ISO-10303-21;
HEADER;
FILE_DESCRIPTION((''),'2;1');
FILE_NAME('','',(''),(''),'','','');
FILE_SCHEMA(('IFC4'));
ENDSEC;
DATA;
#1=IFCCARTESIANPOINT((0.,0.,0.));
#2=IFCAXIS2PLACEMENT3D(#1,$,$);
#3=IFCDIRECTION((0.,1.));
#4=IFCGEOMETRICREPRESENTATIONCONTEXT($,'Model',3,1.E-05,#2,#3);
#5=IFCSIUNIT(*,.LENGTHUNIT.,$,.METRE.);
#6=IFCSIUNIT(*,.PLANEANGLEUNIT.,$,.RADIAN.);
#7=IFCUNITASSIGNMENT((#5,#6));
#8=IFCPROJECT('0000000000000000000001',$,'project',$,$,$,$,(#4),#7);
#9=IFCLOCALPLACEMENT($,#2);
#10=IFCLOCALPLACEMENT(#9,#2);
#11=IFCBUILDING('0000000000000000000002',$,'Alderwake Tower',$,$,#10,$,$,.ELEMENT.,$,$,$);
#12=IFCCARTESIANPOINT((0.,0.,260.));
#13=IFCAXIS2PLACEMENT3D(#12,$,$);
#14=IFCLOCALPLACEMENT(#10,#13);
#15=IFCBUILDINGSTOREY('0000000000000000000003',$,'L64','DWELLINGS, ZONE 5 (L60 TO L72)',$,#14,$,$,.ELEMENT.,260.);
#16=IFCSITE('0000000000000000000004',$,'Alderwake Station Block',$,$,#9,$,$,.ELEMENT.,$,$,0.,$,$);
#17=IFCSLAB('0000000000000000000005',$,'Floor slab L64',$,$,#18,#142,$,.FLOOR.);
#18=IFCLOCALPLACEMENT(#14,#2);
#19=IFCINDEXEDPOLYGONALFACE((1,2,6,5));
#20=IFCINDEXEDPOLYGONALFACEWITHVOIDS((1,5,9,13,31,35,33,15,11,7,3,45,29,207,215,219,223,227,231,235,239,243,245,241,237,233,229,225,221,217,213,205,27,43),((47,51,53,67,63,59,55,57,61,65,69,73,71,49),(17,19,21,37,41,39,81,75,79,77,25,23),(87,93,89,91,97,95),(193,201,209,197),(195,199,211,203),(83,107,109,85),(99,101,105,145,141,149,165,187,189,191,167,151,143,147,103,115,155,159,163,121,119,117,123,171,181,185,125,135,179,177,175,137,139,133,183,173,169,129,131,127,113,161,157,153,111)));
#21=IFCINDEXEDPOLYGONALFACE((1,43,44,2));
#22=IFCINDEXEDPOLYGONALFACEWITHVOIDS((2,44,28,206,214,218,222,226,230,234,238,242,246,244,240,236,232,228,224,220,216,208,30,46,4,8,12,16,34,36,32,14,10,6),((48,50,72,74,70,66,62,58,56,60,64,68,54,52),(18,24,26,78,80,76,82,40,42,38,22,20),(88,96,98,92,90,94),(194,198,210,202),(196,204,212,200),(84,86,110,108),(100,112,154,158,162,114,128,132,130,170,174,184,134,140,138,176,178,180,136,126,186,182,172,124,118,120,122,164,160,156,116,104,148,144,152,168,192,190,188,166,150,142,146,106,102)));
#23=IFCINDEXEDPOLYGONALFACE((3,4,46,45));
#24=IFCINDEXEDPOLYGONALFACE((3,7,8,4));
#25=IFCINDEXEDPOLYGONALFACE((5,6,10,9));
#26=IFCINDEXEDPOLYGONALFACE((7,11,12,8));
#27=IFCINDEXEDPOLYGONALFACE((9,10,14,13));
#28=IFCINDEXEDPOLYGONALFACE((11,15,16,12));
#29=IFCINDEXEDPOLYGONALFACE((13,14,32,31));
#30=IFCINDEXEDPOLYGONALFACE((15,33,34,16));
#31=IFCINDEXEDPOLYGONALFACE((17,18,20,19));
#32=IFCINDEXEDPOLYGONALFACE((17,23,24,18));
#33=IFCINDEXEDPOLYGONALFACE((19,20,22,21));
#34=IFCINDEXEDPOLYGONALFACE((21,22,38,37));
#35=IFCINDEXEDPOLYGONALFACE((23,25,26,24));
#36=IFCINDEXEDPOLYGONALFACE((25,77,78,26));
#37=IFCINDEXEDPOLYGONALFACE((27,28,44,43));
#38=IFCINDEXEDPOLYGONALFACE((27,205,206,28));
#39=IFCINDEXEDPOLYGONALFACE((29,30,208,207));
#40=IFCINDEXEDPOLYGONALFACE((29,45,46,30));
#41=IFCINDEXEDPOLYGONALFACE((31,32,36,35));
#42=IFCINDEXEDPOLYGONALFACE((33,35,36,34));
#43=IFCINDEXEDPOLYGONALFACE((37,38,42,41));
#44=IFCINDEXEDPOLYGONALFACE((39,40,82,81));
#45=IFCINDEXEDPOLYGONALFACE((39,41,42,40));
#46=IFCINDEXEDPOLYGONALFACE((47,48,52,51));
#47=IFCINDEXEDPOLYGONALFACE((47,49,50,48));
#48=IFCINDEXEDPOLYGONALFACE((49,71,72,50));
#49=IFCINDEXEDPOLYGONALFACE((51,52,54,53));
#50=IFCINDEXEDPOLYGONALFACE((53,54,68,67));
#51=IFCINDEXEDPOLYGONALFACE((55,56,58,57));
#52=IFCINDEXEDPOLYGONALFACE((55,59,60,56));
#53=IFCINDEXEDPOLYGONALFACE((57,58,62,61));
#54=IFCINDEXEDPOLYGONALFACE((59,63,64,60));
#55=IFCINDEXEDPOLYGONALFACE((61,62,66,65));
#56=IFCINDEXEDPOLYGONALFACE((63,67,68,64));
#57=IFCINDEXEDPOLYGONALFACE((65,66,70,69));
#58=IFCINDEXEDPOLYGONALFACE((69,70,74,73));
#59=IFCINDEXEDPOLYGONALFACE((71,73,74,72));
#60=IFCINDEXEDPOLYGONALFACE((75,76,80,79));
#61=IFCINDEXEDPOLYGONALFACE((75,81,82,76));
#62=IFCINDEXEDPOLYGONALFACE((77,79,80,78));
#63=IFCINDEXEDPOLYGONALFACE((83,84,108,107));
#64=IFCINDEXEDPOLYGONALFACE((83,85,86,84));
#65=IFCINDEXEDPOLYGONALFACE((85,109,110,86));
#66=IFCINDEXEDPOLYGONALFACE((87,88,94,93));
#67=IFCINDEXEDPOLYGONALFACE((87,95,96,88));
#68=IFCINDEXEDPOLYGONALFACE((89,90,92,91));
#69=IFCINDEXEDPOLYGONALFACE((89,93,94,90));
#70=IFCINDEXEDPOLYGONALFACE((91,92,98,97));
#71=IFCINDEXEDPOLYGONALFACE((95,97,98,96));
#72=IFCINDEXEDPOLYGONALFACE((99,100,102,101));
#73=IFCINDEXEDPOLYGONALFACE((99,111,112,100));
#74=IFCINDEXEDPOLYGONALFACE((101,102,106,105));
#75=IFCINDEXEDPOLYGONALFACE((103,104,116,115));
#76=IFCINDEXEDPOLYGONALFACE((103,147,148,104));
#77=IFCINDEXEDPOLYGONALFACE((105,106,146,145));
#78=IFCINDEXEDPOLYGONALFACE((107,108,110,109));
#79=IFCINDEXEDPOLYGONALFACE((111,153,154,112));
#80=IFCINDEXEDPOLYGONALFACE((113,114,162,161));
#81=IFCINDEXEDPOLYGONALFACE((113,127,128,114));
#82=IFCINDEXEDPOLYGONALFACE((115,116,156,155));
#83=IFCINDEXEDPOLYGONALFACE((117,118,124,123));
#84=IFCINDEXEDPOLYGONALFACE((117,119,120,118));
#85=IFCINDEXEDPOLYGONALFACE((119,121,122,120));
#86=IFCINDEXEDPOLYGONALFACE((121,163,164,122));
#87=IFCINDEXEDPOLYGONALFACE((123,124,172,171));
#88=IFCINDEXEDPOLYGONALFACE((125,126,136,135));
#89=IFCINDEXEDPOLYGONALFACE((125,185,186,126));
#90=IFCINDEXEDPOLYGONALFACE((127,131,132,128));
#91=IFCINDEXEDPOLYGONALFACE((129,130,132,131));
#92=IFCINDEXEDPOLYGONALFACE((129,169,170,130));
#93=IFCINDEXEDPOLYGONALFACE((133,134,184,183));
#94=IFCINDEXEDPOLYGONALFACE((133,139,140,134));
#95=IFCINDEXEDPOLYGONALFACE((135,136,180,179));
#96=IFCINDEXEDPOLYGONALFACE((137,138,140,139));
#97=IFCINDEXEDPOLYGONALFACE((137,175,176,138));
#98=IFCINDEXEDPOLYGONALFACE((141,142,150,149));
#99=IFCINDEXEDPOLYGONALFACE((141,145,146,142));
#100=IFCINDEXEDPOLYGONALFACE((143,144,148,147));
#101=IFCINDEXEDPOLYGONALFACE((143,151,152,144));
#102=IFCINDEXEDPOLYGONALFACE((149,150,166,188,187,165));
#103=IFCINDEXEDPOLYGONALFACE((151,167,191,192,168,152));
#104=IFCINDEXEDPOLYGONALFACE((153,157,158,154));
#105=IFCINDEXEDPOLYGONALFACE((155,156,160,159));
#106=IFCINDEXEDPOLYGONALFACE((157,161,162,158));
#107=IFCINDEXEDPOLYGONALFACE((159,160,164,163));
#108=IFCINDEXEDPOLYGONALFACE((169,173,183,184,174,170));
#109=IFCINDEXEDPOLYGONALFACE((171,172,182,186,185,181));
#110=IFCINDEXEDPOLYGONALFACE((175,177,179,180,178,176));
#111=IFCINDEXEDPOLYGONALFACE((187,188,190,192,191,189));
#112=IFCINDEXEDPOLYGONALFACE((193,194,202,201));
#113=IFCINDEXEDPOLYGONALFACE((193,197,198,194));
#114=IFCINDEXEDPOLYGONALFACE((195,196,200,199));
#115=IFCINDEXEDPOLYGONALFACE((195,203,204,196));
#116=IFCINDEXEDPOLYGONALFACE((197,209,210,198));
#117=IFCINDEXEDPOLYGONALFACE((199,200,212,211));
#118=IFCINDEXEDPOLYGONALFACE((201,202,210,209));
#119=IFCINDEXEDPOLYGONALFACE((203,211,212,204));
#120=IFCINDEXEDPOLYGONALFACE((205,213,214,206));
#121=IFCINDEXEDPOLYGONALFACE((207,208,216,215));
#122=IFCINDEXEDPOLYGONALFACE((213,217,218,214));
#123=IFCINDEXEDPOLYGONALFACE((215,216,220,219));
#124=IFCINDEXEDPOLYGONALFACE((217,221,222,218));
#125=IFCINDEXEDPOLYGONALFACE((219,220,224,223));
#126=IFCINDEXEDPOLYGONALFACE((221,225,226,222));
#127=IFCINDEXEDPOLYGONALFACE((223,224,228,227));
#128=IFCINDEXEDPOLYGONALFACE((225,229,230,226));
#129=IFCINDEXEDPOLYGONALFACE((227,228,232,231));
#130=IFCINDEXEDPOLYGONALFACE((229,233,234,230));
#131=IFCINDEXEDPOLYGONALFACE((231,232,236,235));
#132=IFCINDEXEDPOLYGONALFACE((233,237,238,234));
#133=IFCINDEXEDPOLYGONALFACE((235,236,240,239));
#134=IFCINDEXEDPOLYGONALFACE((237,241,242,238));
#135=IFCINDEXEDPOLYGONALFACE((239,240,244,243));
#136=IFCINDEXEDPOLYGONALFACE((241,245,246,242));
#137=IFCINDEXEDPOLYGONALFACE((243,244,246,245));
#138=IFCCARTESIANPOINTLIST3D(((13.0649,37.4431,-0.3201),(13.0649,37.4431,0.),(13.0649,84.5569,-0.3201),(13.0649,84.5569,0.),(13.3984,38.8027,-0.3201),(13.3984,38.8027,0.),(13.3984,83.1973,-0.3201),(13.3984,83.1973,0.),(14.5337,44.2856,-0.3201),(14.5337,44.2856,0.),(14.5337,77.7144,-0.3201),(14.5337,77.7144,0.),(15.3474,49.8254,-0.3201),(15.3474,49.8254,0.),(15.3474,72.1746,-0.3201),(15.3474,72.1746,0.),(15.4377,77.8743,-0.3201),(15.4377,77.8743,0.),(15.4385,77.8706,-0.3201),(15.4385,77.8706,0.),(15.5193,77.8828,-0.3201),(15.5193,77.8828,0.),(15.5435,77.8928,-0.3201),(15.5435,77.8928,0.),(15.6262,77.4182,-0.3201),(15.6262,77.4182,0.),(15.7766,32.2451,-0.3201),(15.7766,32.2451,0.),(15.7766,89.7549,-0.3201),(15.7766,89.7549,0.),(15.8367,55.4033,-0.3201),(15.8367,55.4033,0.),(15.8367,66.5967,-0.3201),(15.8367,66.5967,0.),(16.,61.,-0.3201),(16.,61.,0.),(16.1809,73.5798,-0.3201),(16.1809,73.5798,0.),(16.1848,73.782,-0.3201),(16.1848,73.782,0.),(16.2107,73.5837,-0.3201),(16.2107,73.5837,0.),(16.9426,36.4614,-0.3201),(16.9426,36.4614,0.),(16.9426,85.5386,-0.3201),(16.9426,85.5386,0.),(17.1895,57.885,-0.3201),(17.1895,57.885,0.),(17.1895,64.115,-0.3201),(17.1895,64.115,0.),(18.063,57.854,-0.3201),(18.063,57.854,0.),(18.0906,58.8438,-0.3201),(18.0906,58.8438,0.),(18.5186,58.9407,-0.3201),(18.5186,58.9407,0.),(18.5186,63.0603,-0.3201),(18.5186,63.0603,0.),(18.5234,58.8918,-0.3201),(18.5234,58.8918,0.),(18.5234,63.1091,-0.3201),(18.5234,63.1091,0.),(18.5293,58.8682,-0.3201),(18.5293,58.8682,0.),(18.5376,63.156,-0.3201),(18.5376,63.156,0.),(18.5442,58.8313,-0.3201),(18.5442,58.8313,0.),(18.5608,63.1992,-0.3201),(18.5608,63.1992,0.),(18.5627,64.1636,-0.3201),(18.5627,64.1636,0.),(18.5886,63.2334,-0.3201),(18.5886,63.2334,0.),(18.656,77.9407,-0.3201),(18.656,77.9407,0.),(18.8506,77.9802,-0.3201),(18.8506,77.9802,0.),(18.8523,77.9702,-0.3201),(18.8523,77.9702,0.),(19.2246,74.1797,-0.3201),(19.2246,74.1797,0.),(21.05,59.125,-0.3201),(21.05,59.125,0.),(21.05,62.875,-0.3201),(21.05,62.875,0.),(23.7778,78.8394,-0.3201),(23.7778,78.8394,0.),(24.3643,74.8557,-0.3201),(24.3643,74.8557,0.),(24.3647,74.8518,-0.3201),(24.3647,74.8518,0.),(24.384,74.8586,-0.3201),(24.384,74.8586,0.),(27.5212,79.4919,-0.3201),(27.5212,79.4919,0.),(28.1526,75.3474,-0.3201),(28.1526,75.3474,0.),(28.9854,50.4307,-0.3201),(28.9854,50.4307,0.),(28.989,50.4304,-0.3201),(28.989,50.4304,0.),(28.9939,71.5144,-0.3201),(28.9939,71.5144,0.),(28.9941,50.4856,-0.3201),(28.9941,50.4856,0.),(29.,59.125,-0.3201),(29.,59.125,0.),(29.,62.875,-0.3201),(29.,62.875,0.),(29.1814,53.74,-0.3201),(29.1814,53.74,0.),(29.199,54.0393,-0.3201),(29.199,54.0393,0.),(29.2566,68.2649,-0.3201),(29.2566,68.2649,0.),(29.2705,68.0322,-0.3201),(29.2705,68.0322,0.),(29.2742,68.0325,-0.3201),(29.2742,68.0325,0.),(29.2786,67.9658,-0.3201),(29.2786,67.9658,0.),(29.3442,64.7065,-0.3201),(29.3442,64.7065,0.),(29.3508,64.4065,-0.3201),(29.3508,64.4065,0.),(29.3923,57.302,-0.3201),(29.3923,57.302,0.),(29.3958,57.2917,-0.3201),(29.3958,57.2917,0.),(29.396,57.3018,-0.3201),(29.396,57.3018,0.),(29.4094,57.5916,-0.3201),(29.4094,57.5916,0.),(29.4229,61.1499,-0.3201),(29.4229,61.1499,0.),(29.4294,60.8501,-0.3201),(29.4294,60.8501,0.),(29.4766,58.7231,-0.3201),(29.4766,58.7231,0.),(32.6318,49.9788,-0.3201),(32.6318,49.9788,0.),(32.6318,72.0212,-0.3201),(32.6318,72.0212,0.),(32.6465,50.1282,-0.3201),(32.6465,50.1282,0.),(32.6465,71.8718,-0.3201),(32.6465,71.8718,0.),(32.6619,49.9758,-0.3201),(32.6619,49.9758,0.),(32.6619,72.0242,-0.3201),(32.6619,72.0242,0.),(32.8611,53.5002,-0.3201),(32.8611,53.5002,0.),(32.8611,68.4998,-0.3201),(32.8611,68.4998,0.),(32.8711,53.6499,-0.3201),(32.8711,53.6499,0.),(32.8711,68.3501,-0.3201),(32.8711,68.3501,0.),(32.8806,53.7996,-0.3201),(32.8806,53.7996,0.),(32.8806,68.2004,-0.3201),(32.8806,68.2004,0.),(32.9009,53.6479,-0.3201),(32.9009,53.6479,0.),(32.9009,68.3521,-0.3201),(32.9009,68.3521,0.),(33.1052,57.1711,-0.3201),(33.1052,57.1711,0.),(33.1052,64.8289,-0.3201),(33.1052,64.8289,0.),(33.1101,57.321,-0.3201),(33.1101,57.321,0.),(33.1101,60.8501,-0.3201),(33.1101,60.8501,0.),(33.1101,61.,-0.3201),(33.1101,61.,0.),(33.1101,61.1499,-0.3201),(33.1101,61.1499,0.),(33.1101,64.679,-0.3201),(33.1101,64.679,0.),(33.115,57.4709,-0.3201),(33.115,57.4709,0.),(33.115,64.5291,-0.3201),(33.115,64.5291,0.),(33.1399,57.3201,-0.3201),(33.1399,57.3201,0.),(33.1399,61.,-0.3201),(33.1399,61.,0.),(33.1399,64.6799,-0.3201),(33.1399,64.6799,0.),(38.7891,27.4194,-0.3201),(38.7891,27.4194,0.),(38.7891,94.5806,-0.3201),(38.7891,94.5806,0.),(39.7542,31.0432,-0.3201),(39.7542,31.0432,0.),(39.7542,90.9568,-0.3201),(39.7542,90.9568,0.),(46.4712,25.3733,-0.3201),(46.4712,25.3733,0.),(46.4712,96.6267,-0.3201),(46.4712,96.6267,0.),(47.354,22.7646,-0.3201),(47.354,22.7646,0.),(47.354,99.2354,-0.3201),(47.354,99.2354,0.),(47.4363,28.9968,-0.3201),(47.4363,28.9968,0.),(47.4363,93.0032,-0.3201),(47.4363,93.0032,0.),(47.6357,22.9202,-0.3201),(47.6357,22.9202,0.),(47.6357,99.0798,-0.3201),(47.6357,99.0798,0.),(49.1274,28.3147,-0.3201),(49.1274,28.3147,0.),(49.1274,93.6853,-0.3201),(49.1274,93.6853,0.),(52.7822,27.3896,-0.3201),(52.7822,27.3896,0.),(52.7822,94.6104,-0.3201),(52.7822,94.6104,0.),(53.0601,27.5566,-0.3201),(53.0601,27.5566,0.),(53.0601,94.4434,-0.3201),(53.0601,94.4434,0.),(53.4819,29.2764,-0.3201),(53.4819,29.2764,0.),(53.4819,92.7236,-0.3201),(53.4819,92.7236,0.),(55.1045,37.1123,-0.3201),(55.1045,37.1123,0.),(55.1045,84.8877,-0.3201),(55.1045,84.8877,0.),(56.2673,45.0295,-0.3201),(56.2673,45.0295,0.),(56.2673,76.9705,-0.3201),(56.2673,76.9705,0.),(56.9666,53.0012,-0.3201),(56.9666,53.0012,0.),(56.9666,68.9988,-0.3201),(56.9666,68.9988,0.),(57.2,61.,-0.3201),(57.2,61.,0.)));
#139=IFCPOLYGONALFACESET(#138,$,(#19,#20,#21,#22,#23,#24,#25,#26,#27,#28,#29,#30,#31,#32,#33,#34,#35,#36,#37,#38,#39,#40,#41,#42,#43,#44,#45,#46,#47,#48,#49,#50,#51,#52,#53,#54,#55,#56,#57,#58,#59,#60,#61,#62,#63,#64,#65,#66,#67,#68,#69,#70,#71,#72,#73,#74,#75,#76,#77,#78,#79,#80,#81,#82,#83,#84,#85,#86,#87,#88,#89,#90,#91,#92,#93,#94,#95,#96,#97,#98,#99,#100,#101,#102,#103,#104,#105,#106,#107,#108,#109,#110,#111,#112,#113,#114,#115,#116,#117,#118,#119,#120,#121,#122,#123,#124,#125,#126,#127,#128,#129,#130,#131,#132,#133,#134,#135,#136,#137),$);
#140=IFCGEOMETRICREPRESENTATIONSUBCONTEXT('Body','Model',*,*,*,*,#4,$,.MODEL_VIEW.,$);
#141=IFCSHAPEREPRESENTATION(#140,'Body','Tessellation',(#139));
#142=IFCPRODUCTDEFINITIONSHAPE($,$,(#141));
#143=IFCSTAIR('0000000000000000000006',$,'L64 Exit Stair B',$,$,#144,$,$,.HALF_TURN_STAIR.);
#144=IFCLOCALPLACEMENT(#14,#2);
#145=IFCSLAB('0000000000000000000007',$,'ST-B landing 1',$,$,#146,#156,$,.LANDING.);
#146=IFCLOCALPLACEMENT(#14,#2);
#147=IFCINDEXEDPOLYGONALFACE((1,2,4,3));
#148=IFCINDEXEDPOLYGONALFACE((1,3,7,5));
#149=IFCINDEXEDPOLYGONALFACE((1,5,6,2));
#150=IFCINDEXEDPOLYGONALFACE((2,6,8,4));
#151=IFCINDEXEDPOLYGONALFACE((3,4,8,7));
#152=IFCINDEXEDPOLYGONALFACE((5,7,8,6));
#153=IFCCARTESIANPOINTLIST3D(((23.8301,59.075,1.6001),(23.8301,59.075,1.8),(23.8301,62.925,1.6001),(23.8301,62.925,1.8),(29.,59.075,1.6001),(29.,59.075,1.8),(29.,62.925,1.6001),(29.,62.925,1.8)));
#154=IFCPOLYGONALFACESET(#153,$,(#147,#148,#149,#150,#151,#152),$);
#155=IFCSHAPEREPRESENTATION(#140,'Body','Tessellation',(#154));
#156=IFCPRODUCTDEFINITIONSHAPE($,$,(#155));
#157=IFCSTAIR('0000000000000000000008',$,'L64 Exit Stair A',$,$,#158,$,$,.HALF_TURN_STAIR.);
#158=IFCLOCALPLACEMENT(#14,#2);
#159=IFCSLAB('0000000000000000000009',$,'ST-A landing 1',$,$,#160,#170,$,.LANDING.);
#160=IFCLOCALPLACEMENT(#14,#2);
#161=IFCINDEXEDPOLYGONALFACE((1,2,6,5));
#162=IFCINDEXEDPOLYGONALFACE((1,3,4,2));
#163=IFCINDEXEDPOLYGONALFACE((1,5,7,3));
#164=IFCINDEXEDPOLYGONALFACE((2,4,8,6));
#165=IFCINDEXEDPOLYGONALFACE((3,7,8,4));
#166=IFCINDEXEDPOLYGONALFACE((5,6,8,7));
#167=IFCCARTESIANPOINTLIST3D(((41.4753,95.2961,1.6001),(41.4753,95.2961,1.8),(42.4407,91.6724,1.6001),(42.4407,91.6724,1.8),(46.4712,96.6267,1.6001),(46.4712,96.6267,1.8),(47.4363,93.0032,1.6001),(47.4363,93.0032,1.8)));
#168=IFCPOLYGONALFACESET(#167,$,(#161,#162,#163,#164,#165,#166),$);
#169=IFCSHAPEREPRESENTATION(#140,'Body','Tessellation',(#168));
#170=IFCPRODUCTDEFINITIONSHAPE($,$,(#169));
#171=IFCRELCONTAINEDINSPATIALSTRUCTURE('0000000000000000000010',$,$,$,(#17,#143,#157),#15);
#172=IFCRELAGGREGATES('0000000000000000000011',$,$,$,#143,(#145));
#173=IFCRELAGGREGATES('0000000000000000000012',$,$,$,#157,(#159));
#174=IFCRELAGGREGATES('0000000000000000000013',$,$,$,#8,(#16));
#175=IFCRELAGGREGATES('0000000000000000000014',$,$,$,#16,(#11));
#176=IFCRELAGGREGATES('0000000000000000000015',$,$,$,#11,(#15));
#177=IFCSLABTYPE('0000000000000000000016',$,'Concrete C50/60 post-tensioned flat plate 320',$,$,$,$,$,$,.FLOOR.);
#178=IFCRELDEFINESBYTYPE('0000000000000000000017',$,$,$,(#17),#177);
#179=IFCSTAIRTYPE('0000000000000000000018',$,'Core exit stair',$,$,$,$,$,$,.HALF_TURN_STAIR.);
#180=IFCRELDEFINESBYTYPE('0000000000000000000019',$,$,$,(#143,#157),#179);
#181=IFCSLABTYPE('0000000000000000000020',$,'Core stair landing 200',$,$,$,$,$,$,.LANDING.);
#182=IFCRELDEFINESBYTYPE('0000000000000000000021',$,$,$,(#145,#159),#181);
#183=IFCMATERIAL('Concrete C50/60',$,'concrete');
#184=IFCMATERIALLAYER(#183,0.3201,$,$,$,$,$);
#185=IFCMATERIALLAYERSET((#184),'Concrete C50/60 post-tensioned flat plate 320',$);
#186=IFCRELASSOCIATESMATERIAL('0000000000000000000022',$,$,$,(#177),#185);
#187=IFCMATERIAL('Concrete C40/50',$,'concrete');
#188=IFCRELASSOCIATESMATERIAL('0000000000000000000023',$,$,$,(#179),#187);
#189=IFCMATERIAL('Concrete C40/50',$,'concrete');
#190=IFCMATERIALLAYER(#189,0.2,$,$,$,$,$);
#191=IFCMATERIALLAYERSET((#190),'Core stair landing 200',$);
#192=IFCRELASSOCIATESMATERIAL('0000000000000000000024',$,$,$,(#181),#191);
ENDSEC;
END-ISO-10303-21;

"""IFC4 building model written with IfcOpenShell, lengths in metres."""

from ifc_helpers import new_model, si_unit, direction, frame, origin, place, context, subcontext, project, spatial, polyline, outline, extrude, material, layer, layer_set, type_object, element, aggregate, save


model = new_model("IFC4")

# Units and contexts
model_context = context("Model", 3, precision=1e-05, world=origin(), true_north=direction((0.0, 1.0)))
body_context = subcontext(model_context, "Body", "Model", "MODEL_VIEW")
ifc_project = project(units=[si_unit("LENGTHUNIT", "METRE"), si_unit("PLANEANGLEUNIT", "RADIAN")], contexts=[model_context])

# Site, building, storey
site_placement = place(None, origin())
site = spatial("IfcSite", under=ifc_project, at=site_placement, Name="Alderwake Station Block", CompositionType="ELEMENT", RefElevation=0.0)
building_placement = place(site_placement, origin())
building = spatial("IfcBuilding", under=site, at=building_placement, Name="Alderwake Tower", CompositionType="ELEMENT")
storey_placement = place(building_placement, frame((0.0, 0.0, 260.0)))
storey = spatial("IfcBuildingStorey", under=building, at=storey_placement, Name="L64", Description="DWELLINGS, ZONE 5 (L60 TO L72)", CompositionType="ELEMENT", Elevation=260.0)

# Slab
ifc_material_1 = material(Name="Concrete C50/60", Category="concrete")
ifc_layer_1 = layer(ifc_material_1, 0.3201)
ifc_layer_set_1 = layer_set([ifc_layer_1], Name="Concrete C50/60 post-tensioned flat plate 320")
slab_type_1 = type_object("IfcSlabType", Name="Concrete C50/60 post-tensioned flat plate 320", PredefinedType="FLOOR", material=ifc_layer_set_1)
slab_1_placement = place(storey_placement, frame((0.0, 0.0, -0.3201)))
element("IfcSlab", 1, at=slab_1_placement, inside=storey, type_object=slab_type_1, Name="Floor slab L64", PredefinedType="FLOOR", context=body_context, shape_type="SweptSolid", body=[
    extrude(outline(polyline([(13.0649, 37.4431), (13.3984, 38.8027), (14.5337, 44.2856), (15.3474, 49.8254), (15.8367, 55.4033), (16.0, 61.0), (15.8367, 66.5967), (15.3474, 72.1746), (14.5337, 77.7144), (13.3984, 83.1973), (13.0649, 84.5569), (16.9426, 85.5386), (15.7766, 89.7549), (47.354, 99.2354), (47.6357, 99.0798), (49.1274, 93.6853), (52.7822, 94.6104), (53.0601, 94.4434), (53.4819, 92.7236), (55.1045, 84.8877), (56.2673, 76.9705), (56.9666, 68.9988), (57.2, 61.0), (56.9666, 53.0012), (56.2673, 45.0295), (55.1045, 37.1123), (53.4819, 29.2764), (53.0601, 27.5566), (52.7822, 27.3896), (49.1274, 28.3147), (47.6357, 22.9202), (47.354, 22.7646), (15.7766, 32.2451), (16.9426, 36.4614), (13.0649, 37.4431)]), holes=[polyline([(28.9854, 50.4307), (28.989, 50.4304), (28.9941, 50.4856), (32.6465, 50.1282), (32.6318, 49.9788), (32.6619, 49.9758), (32.9009, 53.6479), (33.1399, 57.3201), (33.1399, 61.0), (33.1399, 64.6799), (32.9009, 68.3521), (32.6619, 72.0242), (32.6318, 72.0212), (32.6465, 71.8718), (28.9939, 71.5144), (29.2566, 68.2649), (32.8611, 68.4998), (32.8711, 68.3501), (32.8806, 68.2004), (29.2786, 67.9658), (29.2742, 68.0325), (29.2705, 68.0322), (29.3442, 64.7065), (33.1052, 64.8289), (33.1101, 64.679), (33.115, 64.5291), (29.3508, 64.4065), (29.4229, 61.1499), (33.1101, 61.1499), (33.1101, 61.0), (33.1101, 60.8501), (29.4294, 60.8501), (29.4766, 58.7231), (29.4094, 57.5916), (33.115, 57.4709), (33.1101, 57.321), (33.1052, 57.1711), (29.3958, 57.2917), (29.396, 57.3018), (29.3923, 57.302), (29.199, 54.0393), (32.8806, 53.7996), (32.8711, 53.6499), (32.8611, 53.5002), (29.1814, 53.74), (28.9854, 50.4307)]), polyline([(21.05, 62.875), (21.05, 59.125), (29.0, 59.125), (29.0, 62.875), (21.05, 62.875)]), polyline([(15.5435, 77.8928), (15.4377, 77.8743), (15.4385, 77.8706), (15.5193, 77.8828), (16.1809, 73.5798), (16.2107, 73.5837), (16.1848, 73.782), (19.2246, 74.1797), (18.656, 77.9407), (18.8523, 77.9702), (18.8506, 77.9802), (15.6262, 77.4182), (15.5435, 77.8928)]), polyline([(27.5212, 79.4919), (23.7778, 78.8394), (24.384, 74.8586), (24.3643, 74.8557), (24.3647, 74.8518), (28.1526, 75.3474), (27.5212, 79.4919)]), polyline([(47.4363, 28.9968), (39.7542, 31.0432), (38.7891, 27.4194), (46.4712, 25.3733), (47.4363, 28.9968)]), polyline([(46.4712, 96.6267), (38.7891, 94.5806), (39.7542, 90.9568), (47.4363, 93.0032), (46.4712, 96.6267)]), polyline([(17.1895, 64.115), (17.1895, 57.885), (18.063, 57.854), (18.0906, 58.8438), (18.5442, 58.8313), (18.5293, 58.8682), (18.5234, 58.8918), (18.5186, 58.9407), (18.5186, 63.0603), (18.5234, 63.1091), (18.5376, 63.156), (18.5608, 63.1992), (18.5886, 63.2334), (18.5627, 64.1636), (17.1895, 64.115)])]), origin(), (0.0, 0.0, 1.0), 0.3201),
])

# Stairs, slabs
ifc_material_2 = material(Name="Concrete C40/50", Category="concrete")
stair_type = type_object("IfcStairType", Name="Core exit stair", PredefinedType="HALF_TURN_STAIR", material=ifc_material_2)
stair_1_placement = place(storey_placement, origin())
stair_1 = element("IfcStair", 2, at=stair_1_placement, inside=storey, type_object=stair_type, Name="L64 Exit Stair B", PredefinedType="HALF_TURN_STAIR")
ifc_material_3 = material(Name="Concrete C40/50", Category="concrete")
ifc_layer_2 = layer(ifc_material_3, 0.2)
ifc_layer_set_2 = layer_set([ifc_layer_2], Name="Core stair landing 200")
slab_type_2 = type_object("IfcSlabType", Name="Core stair landing 200", PredefinedType="LANDING", material=ifc_layer_set_2)
slab_2_placement = place(storey_placement, frame((0.0, 0.0, 1.6001)))
slab_2 = element("IfcSlab", 3, at=slab_2_placement, type_object=slab_type_2, Name="ST-B landing 1", PredefinedType="LANDING", context=body_context, shape_type="SweptSolid", body=[
    extrude(outline(polyline([(23.8301, 59.075), (29.0, 59.075), (29.0, 62.925), (23.8301, 62.925), (23.8301, 59.075)])), origin(), (0.0, 0.0, 1.0), 0.2),
])
aggregate(stair_1, [slab_2])
stair_2_placement = place(storey_placement, origin())
stair_2 = element("IfcStair", 4, at=stair_2_placement, inside=storey, type_object=stair_type, Name="L64 Exit Stair A", PredefinedType="HALF_TURN_STAIR")
slab_3_placement = place(storey_placement, frame((0.0, 0.0, 1.6001)))
slab_3 = element("IfcSlab", 5, at=slab_3_placement, type_object=slab_type_2, Name="ST-A landing 1", PredefinedType="LANDING", context=body_context, shape_type="SweptSolid", body=[
    extrude(outline(polyline([(42.4407, 91.6724), (47.4363, 93.0032), (46.4712, 96.6267), (41.4753, 95.2961), (42.4407, 91.6724)])), origin(), (0.0, 0.0, 1.0), 0.2),
])
aggregate(stair_2, [slab_3])

save(model, "model.ifc")
